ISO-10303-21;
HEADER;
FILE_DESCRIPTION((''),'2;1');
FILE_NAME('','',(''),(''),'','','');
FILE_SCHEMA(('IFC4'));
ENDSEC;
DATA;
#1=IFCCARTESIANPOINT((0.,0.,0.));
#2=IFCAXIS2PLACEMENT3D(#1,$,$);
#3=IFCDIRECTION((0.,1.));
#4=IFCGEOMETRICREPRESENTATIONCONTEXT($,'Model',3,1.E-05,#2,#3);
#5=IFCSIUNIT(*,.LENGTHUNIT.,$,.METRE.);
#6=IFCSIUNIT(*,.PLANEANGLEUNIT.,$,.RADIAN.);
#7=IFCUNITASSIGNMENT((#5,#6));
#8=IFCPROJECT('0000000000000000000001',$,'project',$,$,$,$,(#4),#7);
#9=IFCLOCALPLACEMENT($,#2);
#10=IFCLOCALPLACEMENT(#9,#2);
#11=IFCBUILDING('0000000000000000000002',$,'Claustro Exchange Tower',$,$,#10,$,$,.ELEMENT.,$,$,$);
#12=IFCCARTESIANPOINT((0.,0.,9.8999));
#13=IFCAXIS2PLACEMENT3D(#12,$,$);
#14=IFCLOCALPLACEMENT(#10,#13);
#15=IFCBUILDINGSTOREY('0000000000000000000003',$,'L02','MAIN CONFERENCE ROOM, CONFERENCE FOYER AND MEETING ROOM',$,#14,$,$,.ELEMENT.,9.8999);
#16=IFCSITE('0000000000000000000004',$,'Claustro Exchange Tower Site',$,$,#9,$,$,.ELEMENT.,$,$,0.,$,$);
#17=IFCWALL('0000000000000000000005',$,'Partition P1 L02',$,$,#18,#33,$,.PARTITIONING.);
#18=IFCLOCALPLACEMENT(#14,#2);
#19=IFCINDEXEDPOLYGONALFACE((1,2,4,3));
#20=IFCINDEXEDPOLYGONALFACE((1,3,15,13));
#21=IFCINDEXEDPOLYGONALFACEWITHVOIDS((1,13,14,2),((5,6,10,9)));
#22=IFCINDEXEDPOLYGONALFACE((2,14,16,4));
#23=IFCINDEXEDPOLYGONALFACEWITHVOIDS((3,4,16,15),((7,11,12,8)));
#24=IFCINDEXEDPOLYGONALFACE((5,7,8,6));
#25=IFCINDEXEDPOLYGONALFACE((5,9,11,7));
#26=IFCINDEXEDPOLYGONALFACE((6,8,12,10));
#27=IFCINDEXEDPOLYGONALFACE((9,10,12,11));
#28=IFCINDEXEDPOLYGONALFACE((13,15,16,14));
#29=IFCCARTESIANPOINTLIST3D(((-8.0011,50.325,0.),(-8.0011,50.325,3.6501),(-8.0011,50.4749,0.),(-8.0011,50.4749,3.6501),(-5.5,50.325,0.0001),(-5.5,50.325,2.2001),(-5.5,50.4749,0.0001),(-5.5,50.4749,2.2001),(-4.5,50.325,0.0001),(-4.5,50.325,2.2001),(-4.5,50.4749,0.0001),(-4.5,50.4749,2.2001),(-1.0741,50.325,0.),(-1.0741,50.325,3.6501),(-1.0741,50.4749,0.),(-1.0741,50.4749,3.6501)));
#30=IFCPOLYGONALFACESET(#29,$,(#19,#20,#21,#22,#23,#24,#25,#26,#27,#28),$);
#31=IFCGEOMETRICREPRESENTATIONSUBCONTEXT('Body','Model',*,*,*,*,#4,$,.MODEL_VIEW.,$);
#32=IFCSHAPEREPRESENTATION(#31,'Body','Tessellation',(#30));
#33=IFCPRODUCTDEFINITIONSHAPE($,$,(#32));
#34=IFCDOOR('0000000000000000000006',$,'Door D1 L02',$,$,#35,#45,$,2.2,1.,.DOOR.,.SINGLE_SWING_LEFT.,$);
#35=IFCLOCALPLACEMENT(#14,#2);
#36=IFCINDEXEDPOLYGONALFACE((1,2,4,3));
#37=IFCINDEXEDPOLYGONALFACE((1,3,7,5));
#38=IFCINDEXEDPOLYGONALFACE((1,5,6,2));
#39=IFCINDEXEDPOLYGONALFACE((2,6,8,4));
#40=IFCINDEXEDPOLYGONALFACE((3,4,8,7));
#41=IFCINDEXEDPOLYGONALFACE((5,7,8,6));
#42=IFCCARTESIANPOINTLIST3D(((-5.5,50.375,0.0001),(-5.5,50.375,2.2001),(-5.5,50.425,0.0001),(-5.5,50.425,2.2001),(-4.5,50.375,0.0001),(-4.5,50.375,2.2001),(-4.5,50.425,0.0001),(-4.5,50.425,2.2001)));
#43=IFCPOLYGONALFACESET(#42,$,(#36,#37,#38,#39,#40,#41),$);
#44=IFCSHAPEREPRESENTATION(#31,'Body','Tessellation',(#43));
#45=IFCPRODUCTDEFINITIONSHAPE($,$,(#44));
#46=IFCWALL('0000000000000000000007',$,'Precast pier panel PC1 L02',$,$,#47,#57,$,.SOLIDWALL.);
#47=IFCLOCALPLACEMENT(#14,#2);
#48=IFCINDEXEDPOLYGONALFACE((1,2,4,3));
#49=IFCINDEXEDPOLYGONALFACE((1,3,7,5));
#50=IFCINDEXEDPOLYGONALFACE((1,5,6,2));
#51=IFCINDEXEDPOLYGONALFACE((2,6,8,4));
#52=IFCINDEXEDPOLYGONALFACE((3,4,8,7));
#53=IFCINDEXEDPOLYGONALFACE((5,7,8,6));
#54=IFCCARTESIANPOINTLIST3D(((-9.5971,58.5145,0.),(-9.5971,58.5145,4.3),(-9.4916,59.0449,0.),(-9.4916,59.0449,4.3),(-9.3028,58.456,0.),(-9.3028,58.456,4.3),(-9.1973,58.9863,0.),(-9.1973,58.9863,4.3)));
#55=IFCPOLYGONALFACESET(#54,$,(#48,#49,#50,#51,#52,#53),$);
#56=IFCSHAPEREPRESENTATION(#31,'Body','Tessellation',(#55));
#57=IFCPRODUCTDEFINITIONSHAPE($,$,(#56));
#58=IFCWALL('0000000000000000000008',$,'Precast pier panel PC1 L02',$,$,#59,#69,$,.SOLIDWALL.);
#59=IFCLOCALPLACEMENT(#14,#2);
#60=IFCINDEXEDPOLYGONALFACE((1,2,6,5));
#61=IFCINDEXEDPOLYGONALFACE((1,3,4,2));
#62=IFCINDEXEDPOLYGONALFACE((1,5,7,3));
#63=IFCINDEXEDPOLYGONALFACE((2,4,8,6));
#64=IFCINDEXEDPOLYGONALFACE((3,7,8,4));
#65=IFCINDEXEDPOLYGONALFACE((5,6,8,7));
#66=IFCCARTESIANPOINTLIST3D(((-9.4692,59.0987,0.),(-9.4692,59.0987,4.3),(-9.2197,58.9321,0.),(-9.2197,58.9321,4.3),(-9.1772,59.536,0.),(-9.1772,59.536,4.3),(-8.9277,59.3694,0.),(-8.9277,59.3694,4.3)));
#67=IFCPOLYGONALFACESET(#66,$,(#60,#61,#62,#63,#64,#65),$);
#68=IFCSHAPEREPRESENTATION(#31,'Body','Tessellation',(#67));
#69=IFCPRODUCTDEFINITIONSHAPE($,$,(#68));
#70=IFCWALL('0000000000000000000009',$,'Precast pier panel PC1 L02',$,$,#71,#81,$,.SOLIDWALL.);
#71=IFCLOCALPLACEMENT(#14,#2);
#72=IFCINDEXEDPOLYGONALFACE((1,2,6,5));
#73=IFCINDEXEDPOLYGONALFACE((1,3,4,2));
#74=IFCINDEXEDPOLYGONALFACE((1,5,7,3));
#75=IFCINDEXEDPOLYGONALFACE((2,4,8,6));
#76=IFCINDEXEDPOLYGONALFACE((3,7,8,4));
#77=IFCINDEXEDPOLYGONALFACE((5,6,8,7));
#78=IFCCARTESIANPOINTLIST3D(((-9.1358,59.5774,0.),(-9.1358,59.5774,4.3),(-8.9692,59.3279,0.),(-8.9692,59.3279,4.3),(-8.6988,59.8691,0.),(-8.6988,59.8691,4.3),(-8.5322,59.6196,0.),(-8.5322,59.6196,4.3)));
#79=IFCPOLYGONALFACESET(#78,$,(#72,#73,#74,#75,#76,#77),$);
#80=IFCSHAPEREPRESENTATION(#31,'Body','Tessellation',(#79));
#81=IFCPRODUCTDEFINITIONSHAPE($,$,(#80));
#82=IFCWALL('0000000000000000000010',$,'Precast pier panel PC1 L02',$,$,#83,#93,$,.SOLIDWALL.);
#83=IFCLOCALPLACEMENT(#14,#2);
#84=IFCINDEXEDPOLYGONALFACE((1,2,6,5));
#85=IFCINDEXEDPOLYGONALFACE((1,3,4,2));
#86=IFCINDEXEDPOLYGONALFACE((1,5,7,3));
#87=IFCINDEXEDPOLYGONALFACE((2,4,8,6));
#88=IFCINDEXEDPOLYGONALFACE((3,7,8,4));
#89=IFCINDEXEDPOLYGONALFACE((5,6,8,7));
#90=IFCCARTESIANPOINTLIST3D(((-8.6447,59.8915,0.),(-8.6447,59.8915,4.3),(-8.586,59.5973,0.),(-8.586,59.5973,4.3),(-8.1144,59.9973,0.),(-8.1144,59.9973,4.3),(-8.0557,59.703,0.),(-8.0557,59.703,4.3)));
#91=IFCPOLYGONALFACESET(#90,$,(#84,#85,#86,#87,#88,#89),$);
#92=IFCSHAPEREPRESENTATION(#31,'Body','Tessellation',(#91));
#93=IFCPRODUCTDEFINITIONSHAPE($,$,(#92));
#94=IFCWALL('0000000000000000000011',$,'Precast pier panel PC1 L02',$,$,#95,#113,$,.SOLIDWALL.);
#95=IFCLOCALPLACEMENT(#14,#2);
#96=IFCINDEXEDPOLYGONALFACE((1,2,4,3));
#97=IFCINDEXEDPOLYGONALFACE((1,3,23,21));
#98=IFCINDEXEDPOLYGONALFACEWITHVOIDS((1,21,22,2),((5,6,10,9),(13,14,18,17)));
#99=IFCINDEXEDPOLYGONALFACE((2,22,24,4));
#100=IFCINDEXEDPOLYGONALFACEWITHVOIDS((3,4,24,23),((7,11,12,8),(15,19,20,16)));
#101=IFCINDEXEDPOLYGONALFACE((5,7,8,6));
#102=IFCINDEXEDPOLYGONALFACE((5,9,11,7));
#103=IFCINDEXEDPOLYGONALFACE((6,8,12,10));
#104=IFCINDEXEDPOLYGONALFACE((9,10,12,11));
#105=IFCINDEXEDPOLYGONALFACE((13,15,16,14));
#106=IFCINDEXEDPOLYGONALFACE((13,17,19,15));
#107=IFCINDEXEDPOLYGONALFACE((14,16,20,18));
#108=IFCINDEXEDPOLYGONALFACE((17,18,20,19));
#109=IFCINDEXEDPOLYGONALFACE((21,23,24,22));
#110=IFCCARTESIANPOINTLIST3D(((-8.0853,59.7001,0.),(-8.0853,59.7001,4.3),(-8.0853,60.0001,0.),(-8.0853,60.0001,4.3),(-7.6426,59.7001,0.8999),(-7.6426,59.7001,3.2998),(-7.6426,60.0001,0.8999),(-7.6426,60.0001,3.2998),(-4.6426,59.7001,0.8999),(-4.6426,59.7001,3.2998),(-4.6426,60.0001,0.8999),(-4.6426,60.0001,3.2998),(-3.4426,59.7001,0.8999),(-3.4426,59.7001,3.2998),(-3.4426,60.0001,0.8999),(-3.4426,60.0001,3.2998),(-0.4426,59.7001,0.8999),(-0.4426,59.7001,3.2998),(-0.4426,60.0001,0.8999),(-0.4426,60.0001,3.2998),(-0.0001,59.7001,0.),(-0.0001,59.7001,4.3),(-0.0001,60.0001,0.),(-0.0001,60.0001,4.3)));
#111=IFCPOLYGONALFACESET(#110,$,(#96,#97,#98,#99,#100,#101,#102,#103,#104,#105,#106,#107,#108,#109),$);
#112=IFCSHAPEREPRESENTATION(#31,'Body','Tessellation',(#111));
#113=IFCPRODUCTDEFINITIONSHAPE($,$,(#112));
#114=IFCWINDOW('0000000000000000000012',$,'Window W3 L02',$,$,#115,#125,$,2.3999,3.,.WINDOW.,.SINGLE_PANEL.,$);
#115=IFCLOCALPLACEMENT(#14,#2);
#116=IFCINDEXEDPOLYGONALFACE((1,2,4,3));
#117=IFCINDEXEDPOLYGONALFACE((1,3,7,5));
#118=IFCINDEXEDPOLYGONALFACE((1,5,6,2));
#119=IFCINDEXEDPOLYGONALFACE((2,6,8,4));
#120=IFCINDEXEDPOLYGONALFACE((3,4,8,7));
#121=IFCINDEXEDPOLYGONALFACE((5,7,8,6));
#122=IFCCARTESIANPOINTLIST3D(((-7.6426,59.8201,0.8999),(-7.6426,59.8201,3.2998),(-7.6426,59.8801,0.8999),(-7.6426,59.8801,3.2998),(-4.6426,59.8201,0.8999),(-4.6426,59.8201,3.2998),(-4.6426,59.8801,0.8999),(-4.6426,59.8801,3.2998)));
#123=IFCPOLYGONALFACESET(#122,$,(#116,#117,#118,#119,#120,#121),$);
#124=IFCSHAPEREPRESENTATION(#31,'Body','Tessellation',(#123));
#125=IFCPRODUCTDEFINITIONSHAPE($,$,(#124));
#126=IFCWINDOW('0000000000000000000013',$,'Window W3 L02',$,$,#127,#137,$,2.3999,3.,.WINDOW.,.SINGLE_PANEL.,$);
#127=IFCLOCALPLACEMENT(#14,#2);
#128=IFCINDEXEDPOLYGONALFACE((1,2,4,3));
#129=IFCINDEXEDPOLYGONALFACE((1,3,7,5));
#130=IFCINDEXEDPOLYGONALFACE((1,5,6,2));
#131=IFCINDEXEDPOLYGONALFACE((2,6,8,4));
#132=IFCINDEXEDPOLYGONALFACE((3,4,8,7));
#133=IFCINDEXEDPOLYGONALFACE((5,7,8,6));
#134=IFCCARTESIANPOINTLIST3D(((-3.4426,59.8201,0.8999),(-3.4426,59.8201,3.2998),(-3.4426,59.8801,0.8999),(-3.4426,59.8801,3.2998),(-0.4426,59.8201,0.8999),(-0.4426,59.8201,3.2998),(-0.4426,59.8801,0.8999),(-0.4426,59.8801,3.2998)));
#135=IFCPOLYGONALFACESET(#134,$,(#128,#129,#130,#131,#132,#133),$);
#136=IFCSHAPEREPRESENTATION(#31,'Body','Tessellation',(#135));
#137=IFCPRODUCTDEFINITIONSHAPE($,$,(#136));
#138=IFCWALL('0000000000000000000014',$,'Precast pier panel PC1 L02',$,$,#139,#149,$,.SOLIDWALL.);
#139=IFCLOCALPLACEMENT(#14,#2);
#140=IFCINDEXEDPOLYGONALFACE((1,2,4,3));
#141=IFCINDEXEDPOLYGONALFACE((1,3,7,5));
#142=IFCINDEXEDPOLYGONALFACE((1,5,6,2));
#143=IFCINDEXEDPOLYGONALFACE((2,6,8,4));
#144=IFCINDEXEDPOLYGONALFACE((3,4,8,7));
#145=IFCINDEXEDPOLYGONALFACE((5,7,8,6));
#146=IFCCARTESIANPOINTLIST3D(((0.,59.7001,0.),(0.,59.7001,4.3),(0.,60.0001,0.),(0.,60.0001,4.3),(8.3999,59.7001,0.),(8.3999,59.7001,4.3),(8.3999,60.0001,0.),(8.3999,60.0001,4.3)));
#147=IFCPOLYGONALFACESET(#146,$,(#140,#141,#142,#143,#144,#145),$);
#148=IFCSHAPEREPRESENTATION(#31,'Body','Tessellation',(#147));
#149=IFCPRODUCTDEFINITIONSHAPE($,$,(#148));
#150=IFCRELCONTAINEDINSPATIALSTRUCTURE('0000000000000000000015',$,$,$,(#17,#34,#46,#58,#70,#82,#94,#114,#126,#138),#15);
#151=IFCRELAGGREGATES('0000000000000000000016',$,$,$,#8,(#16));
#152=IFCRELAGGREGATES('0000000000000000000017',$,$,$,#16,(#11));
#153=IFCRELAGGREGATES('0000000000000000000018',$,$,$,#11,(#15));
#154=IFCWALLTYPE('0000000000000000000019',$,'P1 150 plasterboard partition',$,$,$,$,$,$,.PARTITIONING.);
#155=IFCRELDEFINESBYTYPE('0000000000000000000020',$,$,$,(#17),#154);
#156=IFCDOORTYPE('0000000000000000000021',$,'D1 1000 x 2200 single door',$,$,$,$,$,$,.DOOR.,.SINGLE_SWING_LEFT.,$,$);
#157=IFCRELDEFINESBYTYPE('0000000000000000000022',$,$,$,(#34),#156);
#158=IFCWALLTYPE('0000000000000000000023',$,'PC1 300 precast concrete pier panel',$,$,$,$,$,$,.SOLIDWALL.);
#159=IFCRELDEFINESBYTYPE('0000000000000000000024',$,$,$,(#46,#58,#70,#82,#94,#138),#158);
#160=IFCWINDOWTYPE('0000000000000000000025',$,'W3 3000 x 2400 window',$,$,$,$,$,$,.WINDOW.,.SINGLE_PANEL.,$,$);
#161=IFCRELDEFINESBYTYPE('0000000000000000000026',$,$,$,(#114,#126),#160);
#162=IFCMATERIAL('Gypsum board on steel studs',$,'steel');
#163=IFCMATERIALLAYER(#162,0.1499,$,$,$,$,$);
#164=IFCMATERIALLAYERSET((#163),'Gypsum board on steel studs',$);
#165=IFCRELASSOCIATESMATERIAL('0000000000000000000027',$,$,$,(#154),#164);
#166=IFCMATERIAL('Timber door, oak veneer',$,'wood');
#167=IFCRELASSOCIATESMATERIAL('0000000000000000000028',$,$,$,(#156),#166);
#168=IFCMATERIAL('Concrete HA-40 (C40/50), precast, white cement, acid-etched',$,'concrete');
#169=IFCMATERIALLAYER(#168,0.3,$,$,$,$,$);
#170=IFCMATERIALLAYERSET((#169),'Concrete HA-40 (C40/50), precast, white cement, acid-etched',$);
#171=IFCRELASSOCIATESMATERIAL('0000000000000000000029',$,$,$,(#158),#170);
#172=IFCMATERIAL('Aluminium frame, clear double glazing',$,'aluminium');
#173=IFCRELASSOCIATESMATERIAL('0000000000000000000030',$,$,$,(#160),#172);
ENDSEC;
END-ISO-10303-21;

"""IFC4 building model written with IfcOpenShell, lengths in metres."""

from ifc_helpers import new_model, si_unit, direction, frame, frame_2d, origin, place, context, subcontext, project, spatial, rectangle, extrude, material, layer, layer_set, type_object, element, fill, save


model = new_model("IFC4")

# Units and contexts
model_context = context("Model", 3, precision=1e-05, world=origin(), true_north=direction((0.0, 1.0)))
body_context = subcontext(model_context, "Body", "Model", "MODEL_VIEW")
ifc_project = project(units=[si_unit("LENGTHUNIT", "METRE"), si_unit("PLANEANGLEUNIT", "RADIAN")], contexts=[model_context])

# Site, building, storey
site_placement = place(None, origin())
site = spatial("IfcSite", under=ifc_project, at=site_placement, Name="Claustro Exchange Tower Site", CompositionType="ELEMENT", RefElevation=0.0)
building_placement = place(site_placement, origin())
building = spatial("IfcBuilding", under=site, at=building_placement, Name="Claustro Exchange Tower", CompositionType="ELEMENT")
storey_placement = place(building_placement, frame((0.0, 0.0, 9.8999)))
storey = spatial("IfcBuildingStorey", under=building, at=storey_placement, Name="L02", Description="MAIN CONFERENCE ROOM, CONFERENCE FOYER AND MEETING ROOM", CompositionType="ELEMENT", Elevation=9.8999)

# Shared definitions
ifc_material_1 = material(Name="Gypsum board on steel studs", Category="steel")
ifc_layer_1 = layer(ifc_material_1, 0.1499)
ifc_layer_set_1 = layer_set([ifc_layer_1], Name="Gypsum board on steel studs")
wall_type_1 = type_object("IfcWallType", Name="P1 150 plasterboard partition", PredefinedType="PARTITIONING", material=ifc_layer_set_1)

# Wall, opening, door
wall_1_placement = place(storey_placement, frame((-8.001, 50.3999, 0.0), z_axis=(0.0, 0.0, 1.0), x_axis=(1.0, 0.0, 0.0)))
wall_1 = element("IfcWall", 1, at=wall_1_placement, inside=storey, type_object=wall_type_1, Name="Partition P1 L02", PredefinedType="PARTITIONING", context=body_context, shape_type="SweptSolid", body=[
    extrude(rectangle(XDim=6.927, YDim=0.1499, at=frame_2d((3.4634, 0.0))), origin(), (0.0, 0.0, 1.0), 3.6501),
])
opening_1_placement = place(wall_1_placement, frame((2.501, 0.0, 0.0)))
opening_1 = element("IfcOpeningElement", 2, at=opening_1_placement, cuts=wall_1, PredefinedType="OPENING", context=body_context, shape_type="SweptSolid", body=[
    extrude(rectangle(XDim=1.0, YDim=2.2, at=frame_2d((0.5, 1.1001))), frame((0.0, 0.085, 0.0), z_axis=(0.0, -1.0, 0.0), x_axis=(1.0, 0.0, 0.0)), (0.0, 0.0, 1.0), 0.1699),
])
ifc_material_2 = material(Name="Timber door, oak veneer", Category="wood")
door_type = type_object("IfcDoorType", Name="D1 1000 x 2200 single door", OperationType="SINGLE_SWING_LEFT", PredefinedType="DOOR", material=ifc_material_2)
door_placement = place(opening_1_placement, frame((1.0, 0.0, 0.0), z_axis=(0.0, 0.0, 1.0), x_axis=(-1.0, 0.0, 0.0)))
door = element("IfcDoor", 3, at=door_placement, inside=storey, type_object=door_type, Name="Door D1 L02", OperationType="SINGLE_SWING_LEFT", OverallHeight=2.2, OverallWidth=1.0, PredefinedType="DOOR", context=body_context, shape_type="SweptSolid", body=[
    extrude(rectangle(XDim=1.0, YDim=2.2, at=frame_2d((0.5, 1.1001))), frame((0.0, 0.0249, 0.0), z_axis=(0.0, -1.0, 0.0), x_axis=(1.0, 0.0, 0.0)), (0.0, 0.0, 1.0), 0.05),
])
fill(opening_1, door)

# Walls
ifc_material_3 = material(Name="Concrete HA-40 (C40/50), precast, white cement, acid-etched", Category="concrete")
ifc_layer_2 = layer(ifc_material_3, 0.3)
ifc_layer_set_2 = layer_set([ifc_layer_2], Name="Concrete HA-40 (C40/50), precast, white cement, acid-etched")
wall_type_2 = type_object("IfcWallType", Name="PC1 300 precast concrete pier panel", PredefinedType="SOLIDWALL", material=ifc_layer_set_2)
wall_2_placement = place(storey_placement, frame((-9.45, 58.4851, 0.0), z_axis=(0.0, 0.0, 1.0), x_axis=(0.195074, 0.980789, 0.0)))
element("IfcWall", 4, at=wall_2_placement, inside=storey, type_object=wall_type_2, Name="Precast pier panel PC1 L02", PredefinedType="SOLIDWALL", context=body_context, shape_type="SweptSolid", body=[
    extrude(rectangle(XDim=0.5408, YDim=0.3, at=frame_2d((0.2705, 0.0))), origin(), (0.0, 0.0, 1.0), 4.3),
])
wall_3_placement = place(storey_placement, frame((-9.3445, 59.0154, 0.0), z_axis=(0.0, 0.0, 1.0), x_axis=(0.555343, 0.831621, 0.0)))
element("IfcWall", 5, at=wall_3_placement, inside=storey, type_object=wall_type_2, Name="Precast pier panel PC1 L02", PredefinedType="SOLIDWALL", context=body_context, shape_type="SweptSolid", body=[
    extrude(rectangle(XDim=0.5259, YDim=0.3, at=frame_2d((0.2629, 0.0))), origin(), (0.0, 0.0, 1.0), 4.3),
])
wall_4_placement = place(storey_placement, frame((-9.0525, 59.4526, 0.0), z_axis=(0.0, 0.0, 1.0), x_axis=(0.831693, 0.555236, 0.0)))
element("IfcWall", 6, at=wall_4_placement, inside=storey, type_object=wall_type_2, Name="Precast pier panel PC1 L02", PredefinedType="SOLIDWALL", context=body_context, shape_type="SweptSolid", body=[
    extrude(rectangle(XDim=0.5254, YDim=0.3, at=frame_2d((0.2627, 0.0))), origin(), (0.0, 0.0, 1.0), 4.3),
])
wall_5_placement = place(storey_placement, frame((-8.6155, 59.7444, 0.0), z_axis=(0.0, 0.0, 1.0), x_axis=(0.980702, 0.195508, 0.0)))
element("IfcWall", 7, at=wall_5_placement, inside=storey, type_object=wall_type_2, Name="Precast pier panel PC1 L02", PredefinedType="SOLIDWALL", context=body_context, shape_type="SweptSolid", body=[
    extrude(rectangle(XDim=0.5408, YDim=0.3, at=frame_2d((0.2705, 0.0))), origin(), (0.0, 0.0, 1.0), 4.3),
])

# Wall, openings, windows
wall_6_placement = place(storey_placement, frame((-8.0852, 59.8501, 0.0), z_axis=(0.0, 0.0, 1.0), x_axis=(1.0, 0.0, 0.0)))
wall_6 = element("IfcWall", 8, at=wall_6_placement, inside=storey, type_object=wall_type_2, Name="Precast pier panel PC1 L02", PredefinedType="SOLIDWALL", context=body_context, shape_type="SweptSolid", body=[
    extrude(rectangle(XDim=8.0852, YDim=0.3, at=frame_2d((4.0425, 0.0))), origin(), (0.0, 0.0, 1.0), 4.3),
])
opening_2_placement = place(wall_6_placement, frame((0.4426, 0.0, 0.8999)))
opening_2 = element("IfcOpeningElement", 9, at=opening_2_placement, cuts=wall_6, PredefinedType="OPENING", context=body_context, shape_type="SweptSolid", body=[
    extrude(rectangle(XDim=3.0, YDim=2.3999, at=frame_2d((1.5, 1.2))), frame((0.0, 0.1599, 0.0), z_axis=(0.0, -1.0, 0.0), x_axis=(1.0, 0.0, 0.0)), (0.0, 0.0, 1.0), 0.3201),
])
opening_3_placement = place(wall_6_placement, frame((4.6426, 0.0, 0.8999)))
opening_3 = element("IfcOpeningElement", 10, at=opening_3_placement, cuts=wall_6, PredefinedType="OPENING", context=body_context, shape_type="SweptSolid", body=[
    extrude(rectangle(XDim=3.0, YDim=2.3999, at=frame_2d((1.5, 1.2))), frame((0.0, 0.1599, 0.0), z_axis=(0.0, -1.0, 0.0), x_axis=(1.0, 0.0, 0.0)), (0.0, 0.0, 1.0), 0.3201),
])
ifc_material_4 = material(Name="Aluminium frame, clear double glazing", Category="aluminium")
window_type = type_object("IfcWindowType", Name="W3 3000 x 2400 window", PartitioningType="SINGLE_PANEL", PredefinedType="WINDOW", material=ifc_material_4)
window_1_placement = place(opening_2_placement, origin())
window_1 = element("IfcWindow", 11, at=window_1_placement, inside=storey, type_object=window_type, Name="Window W3 L02", OverallHeight=2.3999, OverallWidth=3.0, PartitioningType="SINGLE_PANEL", PredefinedType="WINDOW", context=body_context, shape_type="SweptSolid", body=[
    extrude(rectangle(XDim=3.0, YDim=2.3999, at=frame_2d((1.5, 1.2))), frame((0.0, 0.03, 0.0), z_axis=(0.0, -1.0, 0.0), x_axis=(1.0, 0.0, 0.0)), (0.0, 0.0, 1.0), 0.0601),
])
fill(opening_2, window_1)
window_2_placement = place(opening_3_placement, origin())
window_2 = element("IfcWindow", 12, at=window_2_placement, inside=storey, type_object=window_type, Name="Window W3 L02", OverallHeight=2.3999, OverallWidth=3.0, PartitioningType="SINGLE_PANEL", PredefinedType="WINDOW", context=body_context, shape_type="SweptSolid", body=[
    extrude(rectangle(XDim=3.0, YDim=2.3999, at=frame_2d((1.5, 1.2))), frame((0.0, 0.03, 0.0), z_axis=(0.0, -1.0, 0.0), x_axis=(1.0, 0.0, 0.0)), (0.0, 0.0, 1.0), 0.0601),
])
fill(opening_3, window_2)

# Wall
wall_7_placement = place(storey_placement, frame((0.0, 59.8501, 0.0), z_axis=(0.0, 0.0, 1.0), x_axis=(1.0, 0.0, 0.0)))
element("IfcWall", 13, at=wall_7_placement, inside=storey, type_object=wall_type_2, Name="Precast pier panel PC1 L02", PredefinedType="SOLIDWALL", context=body_context, shape_type="SweptSolid", body=[
    extrude(rectangle(XDim=8.3999, YDim=0.3, at=frame_2d((4.2, 0.0))), origin(), (0.0, 0.0, 1.0), 4.3),
])

save(model, "model.ifc")
